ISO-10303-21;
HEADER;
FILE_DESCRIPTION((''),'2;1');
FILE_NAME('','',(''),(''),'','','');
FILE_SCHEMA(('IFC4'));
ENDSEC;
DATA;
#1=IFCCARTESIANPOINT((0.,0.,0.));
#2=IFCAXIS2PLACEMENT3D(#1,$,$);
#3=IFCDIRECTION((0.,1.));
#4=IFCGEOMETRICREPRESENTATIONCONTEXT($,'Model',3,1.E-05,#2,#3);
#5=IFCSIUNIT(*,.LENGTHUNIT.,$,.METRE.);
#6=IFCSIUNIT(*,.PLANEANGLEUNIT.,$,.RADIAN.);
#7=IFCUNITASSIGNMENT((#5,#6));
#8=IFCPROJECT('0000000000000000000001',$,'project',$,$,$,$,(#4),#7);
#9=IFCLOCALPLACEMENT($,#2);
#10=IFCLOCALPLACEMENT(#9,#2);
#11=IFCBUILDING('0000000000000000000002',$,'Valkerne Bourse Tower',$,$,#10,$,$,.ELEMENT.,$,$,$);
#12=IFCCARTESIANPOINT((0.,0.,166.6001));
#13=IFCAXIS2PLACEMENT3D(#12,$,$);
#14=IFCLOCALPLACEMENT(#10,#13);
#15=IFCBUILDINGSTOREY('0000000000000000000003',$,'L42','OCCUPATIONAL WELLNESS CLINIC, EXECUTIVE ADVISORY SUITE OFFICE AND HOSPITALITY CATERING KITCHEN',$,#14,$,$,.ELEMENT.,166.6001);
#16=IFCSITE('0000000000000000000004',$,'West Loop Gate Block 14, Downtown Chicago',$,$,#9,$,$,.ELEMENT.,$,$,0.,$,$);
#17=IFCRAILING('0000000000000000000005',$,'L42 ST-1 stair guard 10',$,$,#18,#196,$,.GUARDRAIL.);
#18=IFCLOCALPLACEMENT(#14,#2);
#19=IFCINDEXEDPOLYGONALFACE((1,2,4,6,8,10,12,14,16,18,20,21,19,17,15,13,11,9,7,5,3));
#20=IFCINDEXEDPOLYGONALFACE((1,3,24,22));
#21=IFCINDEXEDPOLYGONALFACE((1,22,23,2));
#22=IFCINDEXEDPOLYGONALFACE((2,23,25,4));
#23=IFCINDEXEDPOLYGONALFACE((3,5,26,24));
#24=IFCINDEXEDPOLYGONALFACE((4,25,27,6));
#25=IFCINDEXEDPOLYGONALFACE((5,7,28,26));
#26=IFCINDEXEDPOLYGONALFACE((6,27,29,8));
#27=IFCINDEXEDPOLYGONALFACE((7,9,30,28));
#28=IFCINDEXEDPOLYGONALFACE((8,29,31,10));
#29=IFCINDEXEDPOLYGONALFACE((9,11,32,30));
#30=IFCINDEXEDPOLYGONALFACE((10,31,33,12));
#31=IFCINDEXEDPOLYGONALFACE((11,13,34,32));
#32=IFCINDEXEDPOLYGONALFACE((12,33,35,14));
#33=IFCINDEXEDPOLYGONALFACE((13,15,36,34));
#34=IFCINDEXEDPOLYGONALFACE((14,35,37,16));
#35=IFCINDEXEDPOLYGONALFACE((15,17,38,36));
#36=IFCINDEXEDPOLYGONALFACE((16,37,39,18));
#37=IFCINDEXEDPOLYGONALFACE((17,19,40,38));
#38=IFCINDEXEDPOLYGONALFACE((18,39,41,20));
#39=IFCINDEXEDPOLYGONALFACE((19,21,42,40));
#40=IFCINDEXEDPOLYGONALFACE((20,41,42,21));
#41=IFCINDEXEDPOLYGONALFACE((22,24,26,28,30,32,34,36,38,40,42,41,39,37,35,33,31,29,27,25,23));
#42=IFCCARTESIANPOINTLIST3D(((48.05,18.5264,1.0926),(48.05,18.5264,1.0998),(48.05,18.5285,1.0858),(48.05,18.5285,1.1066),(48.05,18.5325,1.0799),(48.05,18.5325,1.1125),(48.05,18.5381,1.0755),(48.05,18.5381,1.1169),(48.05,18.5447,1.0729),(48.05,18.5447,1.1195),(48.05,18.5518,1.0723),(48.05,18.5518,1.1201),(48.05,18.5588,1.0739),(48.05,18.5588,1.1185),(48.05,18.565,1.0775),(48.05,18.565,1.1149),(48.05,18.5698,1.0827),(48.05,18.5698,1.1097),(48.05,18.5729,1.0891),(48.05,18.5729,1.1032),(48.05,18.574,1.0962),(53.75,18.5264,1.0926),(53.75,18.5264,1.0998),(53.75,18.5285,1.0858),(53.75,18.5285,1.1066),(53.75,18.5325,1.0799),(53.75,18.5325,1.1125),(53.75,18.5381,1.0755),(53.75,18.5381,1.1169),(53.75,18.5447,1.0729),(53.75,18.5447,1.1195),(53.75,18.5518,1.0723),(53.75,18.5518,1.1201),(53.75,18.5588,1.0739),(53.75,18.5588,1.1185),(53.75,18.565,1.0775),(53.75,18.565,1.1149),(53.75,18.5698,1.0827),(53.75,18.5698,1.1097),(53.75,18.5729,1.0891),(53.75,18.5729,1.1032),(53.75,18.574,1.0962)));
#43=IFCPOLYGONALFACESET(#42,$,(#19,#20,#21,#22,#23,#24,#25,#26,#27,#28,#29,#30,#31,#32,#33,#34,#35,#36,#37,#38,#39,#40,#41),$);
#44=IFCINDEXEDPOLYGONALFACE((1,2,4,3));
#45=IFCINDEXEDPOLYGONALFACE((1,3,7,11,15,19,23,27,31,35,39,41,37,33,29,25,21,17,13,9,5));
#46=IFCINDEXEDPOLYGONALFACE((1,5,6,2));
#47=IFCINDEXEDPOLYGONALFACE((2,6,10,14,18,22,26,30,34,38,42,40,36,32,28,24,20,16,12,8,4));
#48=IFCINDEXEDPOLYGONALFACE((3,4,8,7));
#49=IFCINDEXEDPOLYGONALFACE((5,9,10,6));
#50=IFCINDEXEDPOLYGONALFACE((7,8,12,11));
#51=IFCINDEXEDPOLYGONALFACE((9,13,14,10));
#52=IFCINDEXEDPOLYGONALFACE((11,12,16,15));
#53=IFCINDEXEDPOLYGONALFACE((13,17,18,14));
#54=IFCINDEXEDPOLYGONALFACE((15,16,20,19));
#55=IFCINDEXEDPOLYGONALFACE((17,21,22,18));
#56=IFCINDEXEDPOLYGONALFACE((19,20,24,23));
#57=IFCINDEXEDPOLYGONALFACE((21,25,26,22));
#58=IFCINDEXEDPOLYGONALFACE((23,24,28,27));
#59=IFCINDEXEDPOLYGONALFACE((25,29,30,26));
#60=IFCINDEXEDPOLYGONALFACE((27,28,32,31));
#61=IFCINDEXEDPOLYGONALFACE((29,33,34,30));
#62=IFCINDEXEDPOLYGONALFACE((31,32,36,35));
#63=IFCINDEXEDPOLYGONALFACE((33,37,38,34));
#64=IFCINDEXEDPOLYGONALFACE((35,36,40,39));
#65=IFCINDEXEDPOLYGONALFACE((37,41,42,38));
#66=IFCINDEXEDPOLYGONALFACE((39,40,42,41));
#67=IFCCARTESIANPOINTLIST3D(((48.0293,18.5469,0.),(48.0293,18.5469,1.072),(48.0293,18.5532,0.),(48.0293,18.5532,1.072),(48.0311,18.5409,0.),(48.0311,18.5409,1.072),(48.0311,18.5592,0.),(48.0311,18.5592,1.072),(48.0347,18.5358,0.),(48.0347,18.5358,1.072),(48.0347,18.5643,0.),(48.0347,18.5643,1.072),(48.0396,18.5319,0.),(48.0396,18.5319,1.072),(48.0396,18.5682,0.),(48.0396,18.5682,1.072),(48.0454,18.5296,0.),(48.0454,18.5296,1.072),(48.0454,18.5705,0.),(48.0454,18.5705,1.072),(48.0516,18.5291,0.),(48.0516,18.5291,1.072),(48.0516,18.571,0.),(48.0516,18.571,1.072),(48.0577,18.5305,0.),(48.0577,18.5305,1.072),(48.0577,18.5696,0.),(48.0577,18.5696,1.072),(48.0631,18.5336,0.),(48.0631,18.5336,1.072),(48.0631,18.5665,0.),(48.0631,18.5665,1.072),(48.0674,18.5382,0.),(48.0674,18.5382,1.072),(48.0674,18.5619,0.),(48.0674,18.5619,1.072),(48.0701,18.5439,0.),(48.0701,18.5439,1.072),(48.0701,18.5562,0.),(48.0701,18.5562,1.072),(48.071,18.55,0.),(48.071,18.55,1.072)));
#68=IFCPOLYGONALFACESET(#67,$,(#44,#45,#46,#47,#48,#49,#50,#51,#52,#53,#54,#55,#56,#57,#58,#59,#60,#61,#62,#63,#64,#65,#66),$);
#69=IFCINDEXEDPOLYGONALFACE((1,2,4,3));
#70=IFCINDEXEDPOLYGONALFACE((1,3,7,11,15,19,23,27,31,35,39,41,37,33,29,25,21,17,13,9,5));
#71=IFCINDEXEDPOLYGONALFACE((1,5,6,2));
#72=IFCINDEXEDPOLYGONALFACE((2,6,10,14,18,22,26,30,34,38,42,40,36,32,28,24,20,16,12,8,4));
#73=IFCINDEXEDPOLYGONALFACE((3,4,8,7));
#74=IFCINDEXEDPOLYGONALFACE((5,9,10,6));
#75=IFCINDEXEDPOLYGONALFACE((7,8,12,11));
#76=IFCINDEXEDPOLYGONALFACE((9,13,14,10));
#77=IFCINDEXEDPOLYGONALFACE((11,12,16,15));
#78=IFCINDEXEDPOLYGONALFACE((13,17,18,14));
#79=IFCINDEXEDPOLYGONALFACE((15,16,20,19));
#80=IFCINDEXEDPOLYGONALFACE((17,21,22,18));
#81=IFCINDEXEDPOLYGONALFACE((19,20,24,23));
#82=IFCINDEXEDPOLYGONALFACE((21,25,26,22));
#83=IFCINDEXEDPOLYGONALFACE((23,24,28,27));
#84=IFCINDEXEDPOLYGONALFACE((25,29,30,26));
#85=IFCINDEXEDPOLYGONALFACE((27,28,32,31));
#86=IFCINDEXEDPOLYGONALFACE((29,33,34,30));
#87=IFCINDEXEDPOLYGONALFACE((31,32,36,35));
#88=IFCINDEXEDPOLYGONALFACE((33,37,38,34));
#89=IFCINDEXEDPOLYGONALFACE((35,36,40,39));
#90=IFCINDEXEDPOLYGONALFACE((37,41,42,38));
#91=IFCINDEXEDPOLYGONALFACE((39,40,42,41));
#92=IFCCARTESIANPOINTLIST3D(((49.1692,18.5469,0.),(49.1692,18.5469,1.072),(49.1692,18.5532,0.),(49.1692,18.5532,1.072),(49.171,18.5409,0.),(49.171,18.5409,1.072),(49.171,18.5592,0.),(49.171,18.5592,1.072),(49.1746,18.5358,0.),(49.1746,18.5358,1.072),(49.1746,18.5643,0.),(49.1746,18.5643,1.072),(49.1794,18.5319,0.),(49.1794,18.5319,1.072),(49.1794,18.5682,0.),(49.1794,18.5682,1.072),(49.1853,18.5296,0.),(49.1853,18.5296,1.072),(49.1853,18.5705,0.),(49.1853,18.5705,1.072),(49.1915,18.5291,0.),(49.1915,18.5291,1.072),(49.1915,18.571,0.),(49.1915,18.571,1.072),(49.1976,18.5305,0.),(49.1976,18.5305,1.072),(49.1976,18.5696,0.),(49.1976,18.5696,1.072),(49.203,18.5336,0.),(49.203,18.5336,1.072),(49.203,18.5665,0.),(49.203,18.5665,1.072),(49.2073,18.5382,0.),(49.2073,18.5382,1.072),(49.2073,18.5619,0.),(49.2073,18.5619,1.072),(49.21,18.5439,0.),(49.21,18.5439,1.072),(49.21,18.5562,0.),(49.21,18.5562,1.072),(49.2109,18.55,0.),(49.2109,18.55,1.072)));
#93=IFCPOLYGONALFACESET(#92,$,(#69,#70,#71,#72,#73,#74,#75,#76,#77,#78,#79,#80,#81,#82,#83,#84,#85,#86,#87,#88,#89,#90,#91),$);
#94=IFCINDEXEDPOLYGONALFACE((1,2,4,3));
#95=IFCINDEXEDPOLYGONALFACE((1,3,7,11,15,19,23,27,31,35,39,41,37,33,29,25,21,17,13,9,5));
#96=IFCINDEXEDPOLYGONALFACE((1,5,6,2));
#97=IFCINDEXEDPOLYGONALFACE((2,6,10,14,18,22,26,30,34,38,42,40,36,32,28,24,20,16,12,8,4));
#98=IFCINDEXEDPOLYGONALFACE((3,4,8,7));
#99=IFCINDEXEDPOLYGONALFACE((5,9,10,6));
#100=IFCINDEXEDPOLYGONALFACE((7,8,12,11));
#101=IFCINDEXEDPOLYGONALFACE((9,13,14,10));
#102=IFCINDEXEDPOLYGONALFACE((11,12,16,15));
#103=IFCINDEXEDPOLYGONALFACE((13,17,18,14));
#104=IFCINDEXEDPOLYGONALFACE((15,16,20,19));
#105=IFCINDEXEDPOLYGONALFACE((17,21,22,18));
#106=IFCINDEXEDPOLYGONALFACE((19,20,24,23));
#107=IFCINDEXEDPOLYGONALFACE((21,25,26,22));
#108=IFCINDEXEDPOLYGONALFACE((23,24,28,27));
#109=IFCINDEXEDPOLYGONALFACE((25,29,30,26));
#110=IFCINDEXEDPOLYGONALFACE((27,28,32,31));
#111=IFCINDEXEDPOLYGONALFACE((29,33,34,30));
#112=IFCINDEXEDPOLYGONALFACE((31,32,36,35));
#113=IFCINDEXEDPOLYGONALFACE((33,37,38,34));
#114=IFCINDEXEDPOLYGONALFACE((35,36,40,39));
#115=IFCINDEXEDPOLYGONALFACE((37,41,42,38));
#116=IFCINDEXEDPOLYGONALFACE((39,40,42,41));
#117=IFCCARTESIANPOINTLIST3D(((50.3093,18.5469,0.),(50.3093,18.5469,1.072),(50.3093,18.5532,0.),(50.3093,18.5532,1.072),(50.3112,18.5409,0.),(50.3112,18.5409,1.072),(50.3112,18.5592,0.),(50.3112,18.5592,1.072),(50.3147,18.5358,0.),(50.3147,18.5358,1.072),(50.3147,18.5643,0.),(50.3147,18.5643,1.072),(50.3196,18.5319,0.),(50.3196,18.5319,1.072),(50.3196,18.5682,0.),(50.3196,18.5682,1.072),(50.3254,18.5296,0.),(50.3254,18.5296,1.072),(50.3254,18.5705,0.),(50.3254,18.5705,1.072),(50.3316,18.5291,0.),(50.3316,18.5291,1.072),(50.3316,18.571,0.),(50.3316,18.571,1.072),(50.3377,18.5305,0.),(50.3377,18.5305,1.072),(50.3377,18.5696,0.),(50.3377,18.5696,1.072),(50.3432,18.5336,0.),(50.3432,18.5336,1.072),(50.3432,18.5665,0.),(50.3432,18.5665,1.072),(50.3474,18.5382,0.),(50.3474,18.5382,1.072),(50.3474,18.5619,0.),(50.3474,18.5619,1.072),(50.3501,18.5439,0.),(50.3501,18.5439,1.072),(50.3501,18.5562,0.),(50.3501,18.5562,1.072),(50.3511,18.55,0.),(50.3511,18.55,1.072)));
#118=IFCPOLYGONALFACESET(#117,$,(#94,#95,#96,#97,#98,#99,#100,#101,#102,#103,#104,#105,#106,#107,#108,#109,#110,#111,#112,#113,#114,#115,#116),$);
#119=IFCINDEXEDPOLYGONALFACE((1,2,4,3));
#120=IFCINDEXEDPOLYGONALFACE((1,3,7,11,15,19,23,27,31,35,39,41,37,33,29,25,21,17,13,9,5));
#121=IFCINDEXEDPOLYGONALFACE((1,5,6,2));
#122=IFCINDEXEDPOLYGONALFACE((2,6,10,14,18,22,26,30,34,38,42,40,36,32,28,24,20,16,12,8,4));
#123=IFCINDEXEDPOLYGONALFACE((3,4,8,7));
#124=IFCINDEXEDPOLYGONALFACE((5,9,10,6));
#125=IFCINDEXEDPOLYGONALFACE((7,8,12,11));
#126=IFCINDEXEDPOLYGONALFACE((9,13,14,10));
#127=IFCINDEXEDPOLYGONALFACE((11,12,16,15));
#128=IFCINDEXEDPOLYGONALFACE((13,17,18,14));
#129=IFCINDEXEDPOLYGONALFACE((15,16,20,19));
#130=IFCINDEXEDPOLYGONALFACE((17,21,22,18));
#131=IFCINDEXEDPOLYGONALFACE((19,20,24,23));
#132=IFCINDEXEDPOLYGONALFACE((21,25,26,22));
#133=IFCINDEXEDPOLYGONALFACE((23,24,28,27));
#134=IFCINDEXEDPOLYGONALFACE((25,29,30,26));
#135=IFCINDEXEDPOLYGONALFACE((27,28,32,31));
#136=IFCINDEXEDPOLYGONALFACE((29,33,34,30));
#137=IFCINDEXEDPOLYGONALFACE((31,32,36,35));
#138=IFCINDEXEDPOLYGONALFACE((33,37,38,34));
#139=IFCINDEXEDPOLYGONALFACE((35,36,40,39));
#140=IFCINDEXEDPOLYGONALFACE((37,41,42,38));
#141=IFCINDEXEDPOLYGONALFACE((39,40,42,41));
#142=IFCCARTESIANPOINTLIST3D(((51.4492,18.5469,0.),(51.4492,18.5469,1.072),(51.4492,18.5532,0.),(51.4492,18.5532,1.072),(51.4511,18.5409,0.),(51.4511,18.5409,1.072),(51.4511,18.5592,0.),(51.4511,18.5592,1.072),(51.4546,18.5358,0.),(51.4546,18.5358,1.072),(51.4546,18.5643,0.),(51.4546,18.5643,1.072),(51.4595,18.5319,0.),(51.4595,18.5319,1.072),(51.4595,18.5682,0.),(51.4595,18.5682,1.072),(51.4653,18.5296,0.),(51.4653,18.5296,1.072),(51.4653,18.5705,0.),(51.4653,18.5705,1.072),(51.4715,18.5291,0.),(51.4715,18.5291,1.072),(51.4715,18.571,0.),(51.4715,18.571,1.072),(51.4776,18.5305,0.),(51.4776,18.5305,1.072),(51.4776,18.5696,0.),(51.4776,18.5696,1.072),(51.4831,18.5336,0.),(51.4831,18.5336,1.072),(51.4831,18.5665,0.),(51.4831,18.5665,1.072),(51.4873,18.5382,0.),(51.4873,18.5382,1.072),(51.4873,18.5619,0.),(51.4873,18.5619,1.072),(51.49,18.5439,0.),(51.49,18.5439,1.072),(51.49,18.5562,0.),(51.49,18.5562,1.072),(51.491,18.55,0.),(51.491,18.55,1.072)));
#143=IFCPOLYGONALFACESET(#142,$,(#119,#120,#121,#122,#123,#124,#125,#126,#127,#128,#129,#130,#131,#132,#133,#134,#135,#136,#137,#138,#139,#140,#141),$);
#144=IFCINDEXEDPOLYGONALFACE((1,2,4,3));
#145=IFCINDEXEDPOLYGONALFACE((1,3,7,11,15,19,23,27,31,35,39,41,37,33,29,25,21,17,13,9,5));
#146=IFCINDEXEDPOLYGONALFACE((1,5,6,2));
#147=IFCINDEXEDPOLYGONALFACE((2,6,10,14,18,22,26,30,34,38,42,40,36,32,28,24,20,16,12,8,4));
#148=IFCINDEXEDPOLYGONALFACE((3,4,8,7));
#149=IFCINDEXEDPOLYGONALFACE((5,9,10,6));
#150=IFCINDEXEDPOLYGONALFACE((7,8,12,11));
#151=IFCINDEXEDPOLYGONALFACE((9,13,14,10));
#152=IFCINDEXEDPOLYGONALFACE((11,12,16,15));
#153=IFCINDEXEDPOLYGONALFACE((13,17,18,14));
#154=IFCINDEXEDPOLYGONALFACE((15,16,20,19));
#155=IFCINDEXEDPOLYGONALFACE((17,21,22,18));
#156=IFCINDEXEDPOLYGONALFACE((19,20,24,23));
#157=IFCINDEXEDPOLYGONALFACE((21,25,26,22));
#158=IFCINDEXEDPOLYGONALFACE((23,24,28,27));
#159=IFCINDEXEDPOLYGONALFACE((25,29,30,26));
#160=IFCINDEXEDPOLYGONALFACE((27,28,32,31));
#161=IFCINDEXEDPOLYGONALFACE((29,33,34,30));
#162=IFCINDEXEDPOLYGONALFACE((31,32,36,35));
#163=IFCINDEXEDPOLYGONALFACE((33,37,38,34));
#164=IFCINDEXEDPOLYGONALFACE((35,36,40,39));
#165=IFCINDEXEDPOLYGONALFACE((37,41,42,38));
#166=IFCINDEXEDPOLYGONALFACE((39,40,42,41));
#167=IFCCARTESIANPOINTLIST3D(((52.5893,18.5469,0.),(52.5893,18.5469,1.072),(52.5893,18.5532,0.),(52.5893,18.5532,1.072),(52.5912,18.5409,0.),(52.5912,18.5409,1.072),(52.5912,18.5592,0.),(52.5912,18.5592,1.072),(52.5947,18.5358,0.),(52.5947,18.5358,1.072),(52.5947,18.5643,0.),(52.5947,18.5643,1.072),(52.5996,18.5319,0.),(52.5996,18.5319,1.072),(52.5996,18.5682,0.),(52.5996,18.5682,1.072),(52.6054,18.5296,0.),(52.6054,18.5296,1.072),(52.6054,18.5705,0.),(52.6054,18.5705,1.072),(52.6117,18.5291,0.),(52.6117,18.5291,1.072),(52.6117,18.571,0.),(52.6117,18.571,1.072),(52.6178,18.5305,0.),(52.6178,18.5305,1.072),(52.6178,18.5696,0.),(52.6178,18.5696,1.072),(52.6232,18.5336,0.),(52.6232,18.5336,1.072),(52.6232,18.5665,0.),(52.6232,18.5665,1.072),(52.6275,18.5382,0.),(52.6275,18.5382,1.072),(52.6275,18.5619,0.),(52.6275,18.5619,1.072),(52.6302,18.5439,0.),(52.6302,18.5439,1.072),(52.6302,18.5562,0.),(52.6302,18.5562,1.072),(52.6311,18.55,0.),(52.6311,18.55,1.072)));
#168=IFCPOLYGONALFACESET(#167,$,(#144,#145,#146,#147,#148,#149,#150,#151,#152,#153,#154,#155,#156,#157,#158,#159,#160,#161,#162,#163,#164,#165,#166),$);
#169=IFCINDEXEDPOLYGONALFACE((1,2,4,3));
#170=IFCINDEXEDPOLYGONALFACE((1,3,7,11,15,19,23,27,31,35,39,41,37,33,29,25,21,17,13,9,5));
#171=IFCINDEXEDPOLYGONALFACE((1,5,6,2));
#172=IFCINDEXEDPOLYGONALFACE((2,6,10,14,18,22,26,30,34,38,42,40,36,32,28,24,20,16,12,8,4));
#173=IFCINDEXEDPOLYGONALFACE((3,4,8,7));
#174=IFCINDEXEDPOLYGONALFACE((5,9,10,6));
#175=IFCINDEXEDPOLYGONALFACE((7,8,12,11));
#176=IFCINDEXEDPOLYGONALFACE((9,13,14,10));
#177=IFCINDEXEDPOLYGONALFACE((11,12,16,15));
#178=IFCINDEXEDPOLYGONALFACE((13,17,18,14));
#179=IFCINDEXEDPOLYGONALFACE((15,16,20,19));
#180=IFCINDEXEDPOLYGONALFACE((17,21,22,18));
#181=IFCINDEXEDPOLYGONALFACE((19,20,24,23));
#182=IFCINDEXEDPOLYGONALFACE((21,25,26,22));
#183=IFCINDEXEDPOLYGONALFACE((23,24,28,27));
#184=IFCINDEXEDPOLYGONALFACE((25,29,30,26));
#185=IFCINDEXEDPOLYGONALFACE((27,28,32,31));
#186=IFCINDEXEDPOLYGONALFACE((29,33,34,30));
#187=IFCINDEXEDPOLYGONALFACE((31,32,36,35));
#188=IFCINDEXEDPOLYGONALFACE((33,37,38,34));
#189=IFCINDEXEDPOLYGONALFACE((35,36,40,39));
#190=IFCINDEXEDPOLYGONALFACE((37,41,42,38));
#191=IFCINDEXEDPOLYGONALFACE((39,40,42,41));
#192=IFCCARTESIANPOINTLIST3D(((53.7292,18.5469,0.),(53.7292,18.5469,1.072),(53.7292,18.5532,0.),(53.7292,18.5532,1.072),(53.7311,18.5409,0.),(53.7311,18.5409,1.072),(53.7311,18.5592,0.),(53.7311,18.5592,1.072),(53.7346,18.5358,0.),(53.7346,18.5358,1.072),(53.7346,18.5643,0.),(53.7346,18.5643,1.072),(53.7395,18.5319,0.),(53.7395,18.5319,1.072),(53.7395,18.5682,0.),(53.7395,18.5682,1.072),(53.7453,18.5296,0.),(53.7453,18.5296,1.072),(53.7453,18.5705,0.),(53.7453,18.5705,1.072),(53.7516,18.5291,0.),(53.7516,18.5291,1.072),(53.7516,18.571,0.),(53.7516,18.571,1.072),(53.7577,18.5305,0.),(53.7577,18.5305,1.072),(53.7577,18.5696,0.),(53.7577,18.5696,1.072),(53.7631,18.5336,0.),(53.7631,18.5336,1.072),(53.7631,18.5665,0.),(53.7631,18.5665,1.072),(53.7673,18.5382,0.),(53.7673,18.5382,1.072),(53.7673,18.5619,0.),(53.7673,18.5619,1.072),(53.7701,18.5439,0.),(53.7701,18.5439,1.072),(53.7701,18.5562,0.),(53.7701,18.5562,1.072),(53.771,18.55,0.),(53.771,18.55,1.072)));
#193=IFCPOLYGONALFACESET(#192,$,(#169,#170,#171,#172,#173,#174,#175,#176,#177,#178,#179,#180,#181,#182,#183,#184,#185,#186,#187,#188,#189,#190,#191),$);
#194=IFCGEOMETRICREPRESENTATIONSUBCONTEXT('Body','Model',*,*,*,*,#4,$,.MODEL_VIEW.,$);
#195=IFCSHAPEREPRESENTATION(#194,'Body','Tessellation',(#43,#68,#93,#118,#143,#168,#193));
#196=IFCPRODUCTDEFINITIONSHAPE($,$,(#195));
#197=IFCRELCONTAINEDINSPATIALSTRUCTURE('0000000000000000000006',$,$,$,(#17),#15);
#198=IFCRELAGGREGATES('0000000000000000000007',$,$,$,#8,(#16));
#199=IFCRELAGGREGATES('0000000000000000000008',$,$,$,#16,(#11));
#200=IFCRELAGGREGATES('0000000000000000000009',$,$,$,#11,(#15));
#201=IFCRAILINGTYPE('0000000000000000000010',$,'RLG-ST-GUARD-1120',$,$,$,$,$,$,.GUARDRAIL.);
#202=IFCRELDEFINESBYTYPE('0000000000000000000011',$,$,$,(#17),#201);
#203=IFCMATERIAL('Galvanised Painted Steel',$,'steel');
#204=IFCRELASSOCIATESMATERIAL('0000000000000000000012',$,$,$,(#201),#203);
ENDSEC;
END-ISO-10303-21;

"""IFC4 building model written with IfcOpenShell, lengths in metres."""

from ifc_helpers import new_model, si_unit, direction, frame, origin, origin_2d, place, context, subcontext, project, spatial, circle, extrude, material, type_object, element, save


model = new_model("IFC4")

# Units and contexts
model_context = context("Model", 3, precision=1e-05, world=origin(), true_north=direction((0.0, 1.0)))
body_context = subcontext(model_context, "Body", "Model", "MODEL_VIEW")
ifc_project = project(units=[si_unit("LENGTHUNIT", "METRE"), si_unit("PLANEANGLEUNIT", "RADIAN")], contexts=[model_context])

# Site, building, storey
site_placement = place(None, origin())
site = spatial("IfcSite", under=ifc_project, at=site_placement, Name="West Loop Gate Block 14, Downtown Chicago", CompositionType="ELEMENT", RefElevation=0.0)
building_placement = place(site_placement, origin())
building = spatial("IfcBuilding", under=site, at=building_placement, Name="Valkerne Bourse Tower", CompositionType="ELEMENT")
storey_placement = place(building_placement, frame((0.0, 0.0, 166.6001)))
storey = spatial("IfcBuildingStorey", under=building, at=storey_placement, Name="L42", Description="OCCUPATIONAL WELLNESS CLINIC, EXECUTIVE ADVISORY SUITE OFFICE AND HOSPITALITY CATERING KITCHEN", CompositionType="ELEMENT", Elevation=166.6001)

# Shared definitions
ifc_material_1 = material(Name="Galvanised Painted Steel", Category="steel")

# Railing
railing_type_1 = type_object("IfcRailingType", Name="RLG-ST-GUARD-1120", PredefinedType="GUARDRAIL", material=ifc_material_1)
for number, where, name in (
    (1, (48.05, 18.55, 0.0), "L42 ST-1 stair guard 10"),
):
    element("IfcRailing", number, at=place(storey_placement, frame(where)), inside=storey, type_object=railing_type_1, Name=name, PredefinedType="GUARDRAIL", context=body_context, shape_type="SweptSolid", body=[
        extrude(circle(Radius=0.0239, at=origin_2d()), frame((0.0, 0.0, 1.0962), z_axis=(1.0, 0.0, 0.0), x_axis=(0.0, 1.0, 0.0)), (0.0, 0.0, 1.0), 5.7),
        extrude(circle(Radius=0.021, at=origin_2d()), origin(), (0.0, 0.0, 1.0), 1.072),
        extrude(circle(Radius=0.021, at=origin_2d()), frame((1.1399, 0.0, 0.0)), (0.0, 0.0, 1.0), 1.072),
        extrude(circle(Radius=0.021, at=origin_2d()), frame((2.28, 0.0, 0.0)), (0.0, 0.0, 1.0), 1.072),
        extrude(circle(Radius=0.021, at=origin_2d()), frame((3.4199, 0.0, 0.0)), (0.0, 0.0, 1.0), 1.072),
        extrude(circle(Radius=0.021, at=origin_2d()), frame((4.5601, 0.0, 0.0)), (0.0, 0.0, 1.0), 1.072),
        extrude(circle(Radius=0.021, at=origin_2d()), frame((5.7, 0.0, 0.0)), (0.0, 0.0, 1.0), 1.072),
    ])

save(model, "model.ifc")
